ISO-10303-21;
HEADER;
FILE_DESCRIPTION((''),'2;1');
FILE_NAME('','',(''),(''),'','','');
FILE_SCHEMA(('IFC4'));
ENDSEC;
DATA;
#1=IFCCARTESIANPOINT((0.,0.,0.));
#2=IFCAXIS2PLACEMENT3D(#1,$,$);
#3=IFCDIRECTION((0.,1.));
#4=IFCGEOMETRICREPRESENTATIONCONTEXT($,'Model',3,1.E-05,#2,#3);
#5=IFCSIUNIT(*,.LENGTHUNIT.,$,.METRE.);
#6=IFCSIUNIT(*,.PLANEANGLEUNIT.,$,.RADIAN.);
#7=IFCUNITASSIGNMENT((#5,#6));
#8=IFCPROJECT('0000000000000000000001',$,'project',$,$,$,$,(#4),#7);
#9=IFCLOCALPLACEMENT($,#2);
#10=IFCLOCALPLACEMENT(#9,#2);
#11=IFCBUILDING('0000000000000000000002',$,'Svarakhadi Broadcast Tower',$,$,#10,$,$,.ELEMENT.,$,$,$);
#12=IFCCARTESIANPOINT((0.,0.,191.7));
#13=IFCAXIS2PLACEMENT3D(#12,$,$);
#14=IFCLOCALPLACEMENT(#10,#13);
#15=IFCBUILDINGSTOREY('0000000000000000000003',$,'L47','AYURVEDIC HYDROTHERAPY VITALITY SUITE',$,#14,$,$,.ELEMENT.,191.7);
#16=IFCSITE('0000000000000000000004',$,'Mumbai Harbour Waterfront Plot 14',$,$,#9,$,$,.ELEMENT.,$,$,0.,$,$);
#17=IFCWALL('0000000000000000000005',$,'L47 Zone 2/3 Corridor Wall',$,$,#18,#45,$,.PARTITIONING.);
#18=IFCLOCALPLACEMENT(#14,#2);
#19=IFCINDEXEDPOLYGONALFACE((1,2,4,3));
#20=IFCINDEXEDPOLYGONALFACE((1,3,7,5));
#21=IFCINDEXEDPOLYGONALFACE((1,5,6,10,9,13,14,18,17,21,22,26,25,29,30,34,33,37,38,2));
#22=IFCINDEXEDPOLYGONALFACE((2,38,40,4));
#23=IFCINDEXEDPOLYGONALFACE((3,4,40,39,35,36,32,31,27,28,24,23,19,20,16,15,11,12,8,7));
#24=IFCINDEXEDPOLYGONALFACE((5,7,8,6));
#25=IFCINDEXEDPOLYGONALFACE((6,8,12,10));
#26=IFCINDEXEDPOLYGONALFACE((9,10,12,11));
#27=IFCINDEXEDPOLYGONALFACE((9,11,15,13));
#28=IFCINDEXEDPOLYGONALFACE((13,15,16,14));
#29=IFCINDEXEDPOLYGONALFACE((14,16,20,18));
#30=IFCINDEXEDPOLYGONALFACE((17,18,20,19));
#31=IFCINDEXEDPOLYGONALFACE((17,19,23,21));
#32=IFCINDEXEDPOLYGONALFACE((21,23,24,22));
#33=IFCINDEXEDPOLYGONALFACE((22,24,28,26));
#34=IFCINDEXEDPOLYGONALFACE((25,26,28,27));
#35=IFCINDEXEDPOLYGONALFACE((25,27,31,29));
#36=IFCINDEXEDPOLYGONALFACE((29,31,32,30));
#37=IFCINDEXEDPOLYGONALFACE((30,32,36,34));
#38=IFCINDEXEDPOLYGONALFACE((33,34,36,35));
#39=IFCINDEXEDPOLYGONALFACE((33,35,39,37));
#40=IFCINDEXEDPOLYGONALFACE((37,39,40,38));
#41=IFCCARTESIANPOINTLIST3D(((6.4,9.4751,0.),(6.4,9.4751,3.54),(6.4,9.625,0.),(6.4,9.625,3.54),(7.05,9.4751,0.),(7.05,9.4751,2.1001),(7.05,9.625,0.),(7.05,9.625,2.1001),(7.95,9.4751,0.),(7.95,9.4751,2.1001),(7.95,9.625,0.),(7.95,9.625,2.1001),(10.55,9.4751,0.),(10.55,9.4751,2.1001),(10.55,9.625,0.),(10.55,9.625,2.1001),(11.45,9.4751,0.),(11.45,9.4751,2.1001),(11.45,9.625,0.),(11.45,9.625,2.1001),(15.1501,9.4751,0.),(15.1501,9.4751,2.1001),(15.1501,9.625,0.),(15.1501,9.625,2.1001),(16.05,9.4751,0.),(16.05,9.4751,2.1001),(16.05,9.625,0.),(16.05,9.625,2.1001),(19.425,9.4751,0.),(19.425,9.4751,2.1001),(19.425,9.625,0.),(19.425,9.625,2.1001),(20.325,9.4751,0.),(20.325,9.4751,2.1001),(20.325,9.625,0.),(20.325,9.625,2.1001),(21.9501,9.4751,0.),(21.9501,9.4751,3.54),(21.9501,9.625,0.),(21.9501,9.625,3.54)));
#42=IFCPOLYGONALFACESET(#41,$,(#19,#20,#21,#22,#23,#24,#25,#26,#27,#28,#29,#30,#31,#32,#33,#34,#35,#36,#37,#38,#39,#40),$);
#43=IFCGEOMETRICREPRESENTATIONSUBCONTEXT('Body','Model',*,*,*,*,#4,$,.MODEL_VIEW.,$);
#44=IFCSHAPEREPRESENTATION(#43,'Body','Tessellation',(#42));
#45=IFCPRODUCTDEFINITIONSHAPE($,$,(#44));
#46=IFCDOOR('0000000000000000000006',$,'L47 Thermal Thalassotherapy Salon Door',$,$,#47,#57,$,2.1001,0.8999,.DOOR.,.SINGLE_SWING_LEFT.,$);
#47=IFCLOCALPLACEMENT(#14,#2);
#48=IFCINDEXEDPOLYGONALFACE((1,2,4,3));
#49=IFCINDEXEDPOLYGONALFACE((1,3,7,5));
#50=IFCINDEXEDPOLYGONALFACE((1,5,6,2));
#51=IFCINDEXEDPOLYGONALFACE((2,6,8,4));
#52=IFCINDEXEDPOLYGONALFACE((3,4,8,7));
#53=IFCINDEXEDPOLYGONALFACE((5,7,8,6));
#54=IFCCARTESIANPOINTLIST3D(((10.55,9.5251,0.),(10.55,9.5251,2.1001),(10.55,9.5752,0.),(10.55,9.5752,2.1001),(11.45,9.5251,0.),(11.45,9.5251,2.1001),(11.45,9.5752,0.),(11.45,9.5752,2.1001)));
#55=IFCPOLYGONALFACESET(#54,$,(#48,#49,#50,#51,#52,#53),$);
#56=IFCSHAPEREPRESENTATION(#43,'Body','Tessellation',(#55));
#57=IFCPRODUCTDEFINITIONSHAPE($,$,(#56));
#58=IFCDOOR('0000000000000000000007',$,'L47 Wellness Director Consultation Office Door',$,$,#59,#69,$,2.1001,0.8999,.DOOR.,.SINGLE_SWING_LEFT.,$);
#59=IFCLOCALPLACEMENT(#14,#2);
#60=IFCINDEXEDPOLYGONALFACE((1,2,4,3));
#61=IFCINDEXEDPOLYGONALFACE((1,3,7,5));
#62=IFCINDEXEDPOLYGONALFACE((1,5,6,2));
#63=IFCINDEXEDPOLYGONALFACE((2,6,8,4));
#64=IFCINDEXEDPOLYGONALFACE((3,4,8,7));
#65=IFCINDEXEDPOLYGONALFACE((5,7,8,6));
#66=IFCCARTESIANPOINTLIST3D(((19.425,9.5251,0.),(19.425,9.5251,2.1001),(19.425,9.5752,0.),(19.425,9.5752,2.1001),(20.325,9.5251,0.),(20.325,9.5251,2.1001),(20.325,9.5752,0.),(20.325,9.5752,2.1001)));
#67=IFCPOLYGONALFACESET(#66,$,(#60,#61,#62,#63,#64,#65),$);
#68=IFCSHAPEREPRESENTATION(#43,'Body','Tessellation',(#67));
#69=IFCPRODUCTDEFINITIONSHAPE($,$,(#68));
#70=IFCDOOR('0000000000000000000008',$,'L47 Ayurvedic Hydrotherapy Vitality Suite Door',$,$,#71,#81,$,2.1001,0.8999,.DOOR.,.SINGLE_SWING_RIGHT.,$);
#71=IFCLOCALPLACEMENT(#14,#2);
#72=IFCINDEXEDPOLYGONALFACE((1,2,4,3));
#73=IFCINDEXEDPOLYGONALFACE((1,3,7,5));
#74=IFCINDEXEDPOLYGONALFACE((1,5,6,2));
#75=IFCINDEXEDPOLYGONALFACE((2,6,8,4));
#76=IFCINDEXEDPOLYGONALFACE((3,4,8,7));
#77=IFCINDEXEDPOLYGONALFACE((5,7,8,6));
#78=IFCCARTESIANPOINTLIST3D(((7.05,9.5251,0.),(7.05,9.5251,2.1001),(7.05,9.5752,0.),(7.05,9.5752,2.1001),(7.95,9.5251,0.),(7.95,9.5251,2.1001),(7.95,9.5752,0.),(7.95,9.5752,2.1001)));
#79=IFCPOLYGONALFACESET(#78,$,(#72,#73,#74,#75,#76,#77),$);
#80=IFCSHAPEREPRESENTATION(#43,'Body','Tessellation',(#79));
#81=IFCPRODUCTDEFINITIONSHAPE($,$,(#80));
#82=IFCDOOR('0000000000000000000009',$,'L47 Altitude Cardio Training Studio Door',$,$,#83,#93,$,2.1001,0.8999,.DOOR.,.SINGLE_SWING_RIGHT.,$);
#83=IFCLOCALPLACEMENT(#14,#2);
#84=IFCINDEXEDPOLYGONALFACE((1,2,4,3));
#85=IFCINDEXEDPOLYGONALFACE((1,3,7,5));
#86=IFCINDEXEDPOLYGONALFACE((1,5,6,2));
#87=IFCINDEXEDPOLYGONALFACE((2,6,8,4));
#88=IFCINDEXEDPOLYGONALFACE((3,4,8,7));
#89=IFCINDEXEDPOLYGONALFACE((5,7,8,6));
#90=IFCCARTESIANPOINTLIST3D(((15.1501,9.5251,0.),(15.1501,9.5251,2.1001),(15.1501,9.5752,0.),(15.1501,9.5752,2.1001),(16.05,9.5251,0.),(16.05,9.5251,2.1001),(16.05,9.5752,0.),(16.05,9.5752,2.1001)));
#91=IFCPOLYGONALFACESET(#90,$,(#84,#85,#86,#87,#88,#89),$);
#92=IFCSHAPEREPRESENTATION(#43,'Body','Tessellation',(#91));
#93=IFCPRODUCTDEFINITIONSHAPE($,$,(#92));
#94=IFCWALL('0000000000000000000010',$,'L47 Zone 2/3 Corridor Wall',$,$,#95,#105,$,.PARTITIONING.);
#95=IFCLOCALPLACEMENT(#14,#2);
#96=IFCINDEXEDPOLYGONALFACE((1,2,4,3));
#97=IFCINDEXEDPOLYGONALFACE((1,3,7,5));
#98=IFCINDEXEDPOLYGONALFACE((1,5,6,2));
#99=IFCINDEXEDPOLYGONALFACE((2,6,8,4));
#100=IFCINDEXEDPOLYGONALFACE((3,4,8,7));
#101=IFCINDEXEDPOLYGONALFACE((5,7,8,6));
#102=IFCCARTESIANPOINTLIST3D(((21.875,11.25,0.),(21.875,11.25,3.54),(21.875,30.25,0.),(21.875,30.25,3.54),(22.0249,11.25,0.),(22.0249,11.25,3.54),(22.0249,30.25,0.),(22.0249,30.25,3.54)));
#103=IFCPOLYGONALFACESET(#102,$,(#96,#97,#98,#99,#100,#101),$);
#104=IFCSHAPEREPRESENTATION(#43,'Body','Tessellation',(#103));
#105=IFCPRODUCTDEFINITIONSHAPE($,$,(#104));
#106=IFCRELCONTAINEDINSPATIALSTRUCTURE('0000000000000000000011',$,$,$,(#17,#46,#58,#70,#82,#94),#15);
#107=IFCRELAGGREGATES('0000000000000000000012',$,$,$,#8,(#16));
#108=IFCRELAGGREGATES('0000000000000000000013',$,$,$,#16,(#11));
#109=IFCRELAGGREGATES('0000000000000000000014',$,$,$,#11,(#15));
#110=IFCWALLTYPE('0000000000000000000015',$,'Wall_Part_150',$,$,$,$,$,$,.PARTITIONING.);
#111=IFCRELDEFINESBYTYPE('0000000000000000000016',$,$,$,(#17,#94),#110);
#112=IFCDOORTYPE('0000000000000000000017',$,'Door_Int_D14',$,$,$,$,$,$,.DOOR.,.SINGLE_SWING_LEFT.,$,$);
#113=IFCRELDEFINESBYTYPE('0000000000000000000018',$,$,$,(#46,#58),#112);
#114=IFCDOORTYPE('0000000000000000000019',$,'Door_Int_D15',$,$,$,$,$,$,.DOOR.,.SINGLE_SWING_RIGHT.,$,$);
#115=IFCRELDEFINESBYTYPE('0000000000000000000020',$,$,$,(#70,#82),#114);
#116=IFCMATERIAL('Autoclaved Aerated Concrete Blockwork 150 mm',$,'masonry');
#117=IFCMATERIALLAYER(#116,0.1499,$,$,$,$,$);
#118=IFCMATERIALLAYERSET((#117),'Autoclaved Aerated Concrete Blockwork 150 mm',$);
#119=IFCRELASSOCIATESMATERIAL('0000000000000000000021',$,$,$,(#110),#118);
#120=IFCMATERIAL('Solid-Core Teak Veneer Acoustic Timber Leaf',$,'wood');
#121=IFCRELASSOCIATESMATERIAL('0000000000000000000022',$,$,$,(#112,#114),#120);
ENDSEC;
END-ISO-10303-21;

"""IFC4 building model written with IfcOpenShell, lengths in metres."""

from ifc_helpers import new_model, si_unit, direction, frame, frame_2d, origin, place, context, subcontext, project, spatial, rectangle, extrude, material, layer, layer_set, type_object, element, fill, save


model = new_model("IFC4")

# Units and contexts
model_context = context("Model", 3, precision=1e-05, world=origin(), true_north=direction((0.0, 1.0)))
body_context = subcontext(model_context, "Body", "Model", "MODEL_VIEW")
ifc_project = project(units=[si_unit("LENGTHUNIT", "METRE"), si_unit("PLANEANGLEUNIT", "RADIAN")], contexts=[model_context])

# Site, building, storey
site_placement = place(None, origin())
site = spatial("IfcSite", under=ifc_project, at=site_placement, Name="Mumbai Harbour Waterfront Plot 14", CompositionType="ELEMENT", RefElevation=0.0)
building_placement = place(site_placement, origin())
building = spatial("IfcBuilding", under=site, at=building_placement, Name="Svarakhadi Broadcast Tower", CompositionType="ELEMENT")
storey_placement = place(building_placement, frame((0.0, 0.0, 191.7)))
storey = spatial("IfcBuildingStorey", under=building, at=storey_placement, Name="L47", Description="AYURVEDIC HYDROTHERAPY VITALITY SUITE", CompositionType="ELEMENT", Elevation=191.7)

# Shared definitions
ifc_material_1 = material(Name="Autoclaved Aerated Concrete Blockwork 150 mm", Category="masonry")
ifc_layer_1 = layer(ifc_material_1, 0.1499)
ifc_layer_set_1 = layer_set([ifc_layer_1], Name="Autoclaved Aerated Concrete Blockwork 150 mm")
wall_type_1 = type_object("IfcWallType", Name="Wall_Part_150", PredefinedType="PARTITIONING", material=ifc_layer_set_1)

# Wall, openings, doors
wall_1_placement = place(storey_placement, frame((21.95, 9.55, 0.0), z_axis=(0.0, 0.0, 1.0), x_axis=(-1.0, 0.0, 0.0)))
wall_1 = element("IfcWall", 1, at=wall_1_placement, inside=storey, type_object=wall_type_1, Name="L47 Zone 2/3 Corridor Wall", PredefinedType="PARTITIONING", context=body_context, shape_type="SweptSolid", body=[
    extrude(rectangle(XDim=15.55, YDim=0.1499, at=frame_2d((7.7749, 0.0))), origin(), (0.0, 0.0, 1.0), 3.54),
])
opening_1_placement = place(wall_1_placement, frame((14.0, 0.0, 0.0)))
opening_1 = element("IfcOpeningElement", 2, at=opening_1_placement, cuts=wall_1, PredefinedType="OPENING", context=body_context, shape_type="SweptSolid", body=[
    extrude(rectangle(XDim=0.8999, YDim=2.1001, at=frame_2d((0.45, 1.05))), frame((0.0, 0.085, 0.0), z_axis=(0.0, -1.0, 0.0), x_axis=(1.0, 0.0, 0.0)), (0.0, 0.0, 1.0), 0.1699),
])
opening_2_placement = place(wall_1_placement, frame((10.5, 0.0, 0.0)))
opening_2 = element("IfcOpeningElement", 3, at=opening_2_placement, cuts=wall_1, PredefinedType="OPENING", context=body_context, shape_type="SweptSolid", body=[
    extrude(rectangle(XDim=0.8999, YDim=2.1001, at=frame_2d((0.45, 1.05))), frame((0.0, 0.085, 0.0), z_axis=(0.0, -1.0, 0.0), x_axis=(1.0, 0.0, 0.0)), (0.0, 0.0, 1.0), 0.1699),
])
opening_3_placement = place(wall_1_placement, frame((5.8999, 0.0, 0.0)))
opening_3 = element("IfcOpeningElement", 4, at=opening_3_placement, cuts=wall_1, PredefinedType="OPENING", context=body_context, shape_type="SweptSolid", body=[
    extrude(rectangle(XDim=0.8999, YDim=2.1001, at=frame_2d((0.45, 1.05))), frame((0.0, 0.085, 0.0), z_axis=(0.0, -1.0, 0.0), x_axis=(1.0, 0.0, 0.0)), (0.0, 0.0, 1.0), 0.1699),
])
opening_4_placement = place(wall_1_placement, frame((1.625, 0.0, 0.0)))
opening_4 = element("IfcOpeningElement", 5, at=opening_4_placement, cuts=wall_1, PredefinedType="OPENING", context=body_context, shape_type="SweptSolid", body=[
    extrude(rectangle(XDim=0.8999, YDim=2.1001, at=frame_2d((0.45, 1.05))), frame((0.0, 0.085, 0.0), z_axis=(0.0, -1.0, 0.0), x_axis=(1.0, 0.0, 0.0)), (0.0, 0.0, 1.0), 0.1699),
])
ifc_material_2 = material(Name="Solid-Core Teak Veneer Acoustic Timber Leaf", Category="wood")
door_type_1 = type_object("IfcDoorType", Name="Door_Int_D14", OperationType="SINGLE_SWING_LEFT", PredefinedType="DOOR", material=ifc_material_2)
door_1_placement = place(opening_2_placement, origin())
door_1 = element("IfcDoor", 6, at=door_1_placement, inside=storey, type_object=door_type_1, Name="L47 Thermal Thalassotherapy Salon Door", OperationType="SINGLE_SWING_LEFT", OverallHeight=2.1001, OverallWidth=0.8999, PredefinedType="DOOR", context=body_context, shape_type="SweptSolid", body=[
    extrude(rectangle(XDim=0.8999, YDim=2.1001, at=frame_2d((0.45, 1.05))), frame((0.0, 0.0249, 0.0), z_axis=(0.0, -1.0, 0.0), x_axis=(1.0, 0.0, 0.0)), (0.0, 0.0, 1.0), 0.05),
])
fill(opening_2, door_1)
door_2_placement = place(opening_4_placement, origin())
door_2 = element("IfcDoor", 7, at=door_2_placement, inside=storey, type_object=door_type_1, Name="L47 Wellness Director Consultation Office Door", OperationType="SINGLE_SWING_LEFT", OverallHeight=2.1001, OverallWidth=0.8999, PredefinedType="DOOR", context=body_context, shape_type="SweptSolid", body=[
    extrude(rectangle(XDim=0.8999, YDim=2.1001, at=frame_2d((0.45, 1.05))), frame((0.0, 0.0249, 0.0), z_axis=(0.0, -1.0, 0.0), x_axis=(1.0, 0.0, 0.0)), (0.0, 0.0, 1.0), 0.05),
])
fill(opening_4, door_2)
door_type_2 = type_object("IfcDoorType", Name="Door_Int_D15", OperationType="SINGLE_SWING_RIGHT", PredefinedType="DOOR", material=ifc_material_2)
door_3_placement = place(opening_1_placement, origin())
door_3 = element("IfcDoor", 8, at=door_3_placement, inside=storey, type_object=door_type_2, Name="L47 Ayurvedic Hydrotherapy Vitality Suite Door", OperationType="SINGLE_SWING_RIGHT", OverallHeight=2.1001, OverallWidth=0.8999, PredefinedType="DOOR", context=body_context, shape_type="SweptSolid", body=[
    extrude(rectangle(XDim=0.8999, YDim=2.1001, at=frame_2d((0.45, 1.05))), frame((0.0, 0.0249, 0.0), z_axis=(0.0, -1.0, 0.0), x_axis=(1.0, 0.0, 0.0)), (0.0, 0.0, 1.0), 0.05),
])
fill(opening_1, door_3)
door_4_placement = place(opening_3_placement, origin())
door_4 = element("IfcDoor", 9, at=door_4_placement, inside=storey, type_object=door_type_2, Name="L47 Altitude Cardio Training Studio Door", OperationType="SINGLE_SWING_RIGHT", OverallHeight=2.1001, OverallWidth=0.8999, PredefinedType="DOOR", context=body_context, shape_type="SweptSolid", body=[
    extrude(rectangle(XDim=0.8999, YDim=2.1001, at=frame_2d((0.45, 1.05))), frame((0.0, 0.0249, 0.0), z_axis=(0.0, -1.0, 0.0), x_axis=(1.0, 0.0, 0.0)), (0.0, 0.0, 1.0), 0.05),
])
fill(opening_3, door_4)

# Wall
wall_2_placement = place(storey_placement, frame((21.95, 11.25, 0.0), z_axis=(0.0, 0.0, 1.0), x_axis=(0.0, 1.0, 0.0)))
element("IfcWall", 10, at=wall_2_placement, inside=storey, type_object=wall_type_1, Name="L47 Zone 2/3 Corridor Wall", PredefinedType="PARTITIONING", context=body_context, shape_type="SweptSolid", body=[
    extrude(rectangle(XDim=19.0, YDim=0.1499, at=frame_2d((9.5, 0.0))), origin(), (0.0, 0.0, 1.0), 3.54),
])

save(model, "model.ifc")
